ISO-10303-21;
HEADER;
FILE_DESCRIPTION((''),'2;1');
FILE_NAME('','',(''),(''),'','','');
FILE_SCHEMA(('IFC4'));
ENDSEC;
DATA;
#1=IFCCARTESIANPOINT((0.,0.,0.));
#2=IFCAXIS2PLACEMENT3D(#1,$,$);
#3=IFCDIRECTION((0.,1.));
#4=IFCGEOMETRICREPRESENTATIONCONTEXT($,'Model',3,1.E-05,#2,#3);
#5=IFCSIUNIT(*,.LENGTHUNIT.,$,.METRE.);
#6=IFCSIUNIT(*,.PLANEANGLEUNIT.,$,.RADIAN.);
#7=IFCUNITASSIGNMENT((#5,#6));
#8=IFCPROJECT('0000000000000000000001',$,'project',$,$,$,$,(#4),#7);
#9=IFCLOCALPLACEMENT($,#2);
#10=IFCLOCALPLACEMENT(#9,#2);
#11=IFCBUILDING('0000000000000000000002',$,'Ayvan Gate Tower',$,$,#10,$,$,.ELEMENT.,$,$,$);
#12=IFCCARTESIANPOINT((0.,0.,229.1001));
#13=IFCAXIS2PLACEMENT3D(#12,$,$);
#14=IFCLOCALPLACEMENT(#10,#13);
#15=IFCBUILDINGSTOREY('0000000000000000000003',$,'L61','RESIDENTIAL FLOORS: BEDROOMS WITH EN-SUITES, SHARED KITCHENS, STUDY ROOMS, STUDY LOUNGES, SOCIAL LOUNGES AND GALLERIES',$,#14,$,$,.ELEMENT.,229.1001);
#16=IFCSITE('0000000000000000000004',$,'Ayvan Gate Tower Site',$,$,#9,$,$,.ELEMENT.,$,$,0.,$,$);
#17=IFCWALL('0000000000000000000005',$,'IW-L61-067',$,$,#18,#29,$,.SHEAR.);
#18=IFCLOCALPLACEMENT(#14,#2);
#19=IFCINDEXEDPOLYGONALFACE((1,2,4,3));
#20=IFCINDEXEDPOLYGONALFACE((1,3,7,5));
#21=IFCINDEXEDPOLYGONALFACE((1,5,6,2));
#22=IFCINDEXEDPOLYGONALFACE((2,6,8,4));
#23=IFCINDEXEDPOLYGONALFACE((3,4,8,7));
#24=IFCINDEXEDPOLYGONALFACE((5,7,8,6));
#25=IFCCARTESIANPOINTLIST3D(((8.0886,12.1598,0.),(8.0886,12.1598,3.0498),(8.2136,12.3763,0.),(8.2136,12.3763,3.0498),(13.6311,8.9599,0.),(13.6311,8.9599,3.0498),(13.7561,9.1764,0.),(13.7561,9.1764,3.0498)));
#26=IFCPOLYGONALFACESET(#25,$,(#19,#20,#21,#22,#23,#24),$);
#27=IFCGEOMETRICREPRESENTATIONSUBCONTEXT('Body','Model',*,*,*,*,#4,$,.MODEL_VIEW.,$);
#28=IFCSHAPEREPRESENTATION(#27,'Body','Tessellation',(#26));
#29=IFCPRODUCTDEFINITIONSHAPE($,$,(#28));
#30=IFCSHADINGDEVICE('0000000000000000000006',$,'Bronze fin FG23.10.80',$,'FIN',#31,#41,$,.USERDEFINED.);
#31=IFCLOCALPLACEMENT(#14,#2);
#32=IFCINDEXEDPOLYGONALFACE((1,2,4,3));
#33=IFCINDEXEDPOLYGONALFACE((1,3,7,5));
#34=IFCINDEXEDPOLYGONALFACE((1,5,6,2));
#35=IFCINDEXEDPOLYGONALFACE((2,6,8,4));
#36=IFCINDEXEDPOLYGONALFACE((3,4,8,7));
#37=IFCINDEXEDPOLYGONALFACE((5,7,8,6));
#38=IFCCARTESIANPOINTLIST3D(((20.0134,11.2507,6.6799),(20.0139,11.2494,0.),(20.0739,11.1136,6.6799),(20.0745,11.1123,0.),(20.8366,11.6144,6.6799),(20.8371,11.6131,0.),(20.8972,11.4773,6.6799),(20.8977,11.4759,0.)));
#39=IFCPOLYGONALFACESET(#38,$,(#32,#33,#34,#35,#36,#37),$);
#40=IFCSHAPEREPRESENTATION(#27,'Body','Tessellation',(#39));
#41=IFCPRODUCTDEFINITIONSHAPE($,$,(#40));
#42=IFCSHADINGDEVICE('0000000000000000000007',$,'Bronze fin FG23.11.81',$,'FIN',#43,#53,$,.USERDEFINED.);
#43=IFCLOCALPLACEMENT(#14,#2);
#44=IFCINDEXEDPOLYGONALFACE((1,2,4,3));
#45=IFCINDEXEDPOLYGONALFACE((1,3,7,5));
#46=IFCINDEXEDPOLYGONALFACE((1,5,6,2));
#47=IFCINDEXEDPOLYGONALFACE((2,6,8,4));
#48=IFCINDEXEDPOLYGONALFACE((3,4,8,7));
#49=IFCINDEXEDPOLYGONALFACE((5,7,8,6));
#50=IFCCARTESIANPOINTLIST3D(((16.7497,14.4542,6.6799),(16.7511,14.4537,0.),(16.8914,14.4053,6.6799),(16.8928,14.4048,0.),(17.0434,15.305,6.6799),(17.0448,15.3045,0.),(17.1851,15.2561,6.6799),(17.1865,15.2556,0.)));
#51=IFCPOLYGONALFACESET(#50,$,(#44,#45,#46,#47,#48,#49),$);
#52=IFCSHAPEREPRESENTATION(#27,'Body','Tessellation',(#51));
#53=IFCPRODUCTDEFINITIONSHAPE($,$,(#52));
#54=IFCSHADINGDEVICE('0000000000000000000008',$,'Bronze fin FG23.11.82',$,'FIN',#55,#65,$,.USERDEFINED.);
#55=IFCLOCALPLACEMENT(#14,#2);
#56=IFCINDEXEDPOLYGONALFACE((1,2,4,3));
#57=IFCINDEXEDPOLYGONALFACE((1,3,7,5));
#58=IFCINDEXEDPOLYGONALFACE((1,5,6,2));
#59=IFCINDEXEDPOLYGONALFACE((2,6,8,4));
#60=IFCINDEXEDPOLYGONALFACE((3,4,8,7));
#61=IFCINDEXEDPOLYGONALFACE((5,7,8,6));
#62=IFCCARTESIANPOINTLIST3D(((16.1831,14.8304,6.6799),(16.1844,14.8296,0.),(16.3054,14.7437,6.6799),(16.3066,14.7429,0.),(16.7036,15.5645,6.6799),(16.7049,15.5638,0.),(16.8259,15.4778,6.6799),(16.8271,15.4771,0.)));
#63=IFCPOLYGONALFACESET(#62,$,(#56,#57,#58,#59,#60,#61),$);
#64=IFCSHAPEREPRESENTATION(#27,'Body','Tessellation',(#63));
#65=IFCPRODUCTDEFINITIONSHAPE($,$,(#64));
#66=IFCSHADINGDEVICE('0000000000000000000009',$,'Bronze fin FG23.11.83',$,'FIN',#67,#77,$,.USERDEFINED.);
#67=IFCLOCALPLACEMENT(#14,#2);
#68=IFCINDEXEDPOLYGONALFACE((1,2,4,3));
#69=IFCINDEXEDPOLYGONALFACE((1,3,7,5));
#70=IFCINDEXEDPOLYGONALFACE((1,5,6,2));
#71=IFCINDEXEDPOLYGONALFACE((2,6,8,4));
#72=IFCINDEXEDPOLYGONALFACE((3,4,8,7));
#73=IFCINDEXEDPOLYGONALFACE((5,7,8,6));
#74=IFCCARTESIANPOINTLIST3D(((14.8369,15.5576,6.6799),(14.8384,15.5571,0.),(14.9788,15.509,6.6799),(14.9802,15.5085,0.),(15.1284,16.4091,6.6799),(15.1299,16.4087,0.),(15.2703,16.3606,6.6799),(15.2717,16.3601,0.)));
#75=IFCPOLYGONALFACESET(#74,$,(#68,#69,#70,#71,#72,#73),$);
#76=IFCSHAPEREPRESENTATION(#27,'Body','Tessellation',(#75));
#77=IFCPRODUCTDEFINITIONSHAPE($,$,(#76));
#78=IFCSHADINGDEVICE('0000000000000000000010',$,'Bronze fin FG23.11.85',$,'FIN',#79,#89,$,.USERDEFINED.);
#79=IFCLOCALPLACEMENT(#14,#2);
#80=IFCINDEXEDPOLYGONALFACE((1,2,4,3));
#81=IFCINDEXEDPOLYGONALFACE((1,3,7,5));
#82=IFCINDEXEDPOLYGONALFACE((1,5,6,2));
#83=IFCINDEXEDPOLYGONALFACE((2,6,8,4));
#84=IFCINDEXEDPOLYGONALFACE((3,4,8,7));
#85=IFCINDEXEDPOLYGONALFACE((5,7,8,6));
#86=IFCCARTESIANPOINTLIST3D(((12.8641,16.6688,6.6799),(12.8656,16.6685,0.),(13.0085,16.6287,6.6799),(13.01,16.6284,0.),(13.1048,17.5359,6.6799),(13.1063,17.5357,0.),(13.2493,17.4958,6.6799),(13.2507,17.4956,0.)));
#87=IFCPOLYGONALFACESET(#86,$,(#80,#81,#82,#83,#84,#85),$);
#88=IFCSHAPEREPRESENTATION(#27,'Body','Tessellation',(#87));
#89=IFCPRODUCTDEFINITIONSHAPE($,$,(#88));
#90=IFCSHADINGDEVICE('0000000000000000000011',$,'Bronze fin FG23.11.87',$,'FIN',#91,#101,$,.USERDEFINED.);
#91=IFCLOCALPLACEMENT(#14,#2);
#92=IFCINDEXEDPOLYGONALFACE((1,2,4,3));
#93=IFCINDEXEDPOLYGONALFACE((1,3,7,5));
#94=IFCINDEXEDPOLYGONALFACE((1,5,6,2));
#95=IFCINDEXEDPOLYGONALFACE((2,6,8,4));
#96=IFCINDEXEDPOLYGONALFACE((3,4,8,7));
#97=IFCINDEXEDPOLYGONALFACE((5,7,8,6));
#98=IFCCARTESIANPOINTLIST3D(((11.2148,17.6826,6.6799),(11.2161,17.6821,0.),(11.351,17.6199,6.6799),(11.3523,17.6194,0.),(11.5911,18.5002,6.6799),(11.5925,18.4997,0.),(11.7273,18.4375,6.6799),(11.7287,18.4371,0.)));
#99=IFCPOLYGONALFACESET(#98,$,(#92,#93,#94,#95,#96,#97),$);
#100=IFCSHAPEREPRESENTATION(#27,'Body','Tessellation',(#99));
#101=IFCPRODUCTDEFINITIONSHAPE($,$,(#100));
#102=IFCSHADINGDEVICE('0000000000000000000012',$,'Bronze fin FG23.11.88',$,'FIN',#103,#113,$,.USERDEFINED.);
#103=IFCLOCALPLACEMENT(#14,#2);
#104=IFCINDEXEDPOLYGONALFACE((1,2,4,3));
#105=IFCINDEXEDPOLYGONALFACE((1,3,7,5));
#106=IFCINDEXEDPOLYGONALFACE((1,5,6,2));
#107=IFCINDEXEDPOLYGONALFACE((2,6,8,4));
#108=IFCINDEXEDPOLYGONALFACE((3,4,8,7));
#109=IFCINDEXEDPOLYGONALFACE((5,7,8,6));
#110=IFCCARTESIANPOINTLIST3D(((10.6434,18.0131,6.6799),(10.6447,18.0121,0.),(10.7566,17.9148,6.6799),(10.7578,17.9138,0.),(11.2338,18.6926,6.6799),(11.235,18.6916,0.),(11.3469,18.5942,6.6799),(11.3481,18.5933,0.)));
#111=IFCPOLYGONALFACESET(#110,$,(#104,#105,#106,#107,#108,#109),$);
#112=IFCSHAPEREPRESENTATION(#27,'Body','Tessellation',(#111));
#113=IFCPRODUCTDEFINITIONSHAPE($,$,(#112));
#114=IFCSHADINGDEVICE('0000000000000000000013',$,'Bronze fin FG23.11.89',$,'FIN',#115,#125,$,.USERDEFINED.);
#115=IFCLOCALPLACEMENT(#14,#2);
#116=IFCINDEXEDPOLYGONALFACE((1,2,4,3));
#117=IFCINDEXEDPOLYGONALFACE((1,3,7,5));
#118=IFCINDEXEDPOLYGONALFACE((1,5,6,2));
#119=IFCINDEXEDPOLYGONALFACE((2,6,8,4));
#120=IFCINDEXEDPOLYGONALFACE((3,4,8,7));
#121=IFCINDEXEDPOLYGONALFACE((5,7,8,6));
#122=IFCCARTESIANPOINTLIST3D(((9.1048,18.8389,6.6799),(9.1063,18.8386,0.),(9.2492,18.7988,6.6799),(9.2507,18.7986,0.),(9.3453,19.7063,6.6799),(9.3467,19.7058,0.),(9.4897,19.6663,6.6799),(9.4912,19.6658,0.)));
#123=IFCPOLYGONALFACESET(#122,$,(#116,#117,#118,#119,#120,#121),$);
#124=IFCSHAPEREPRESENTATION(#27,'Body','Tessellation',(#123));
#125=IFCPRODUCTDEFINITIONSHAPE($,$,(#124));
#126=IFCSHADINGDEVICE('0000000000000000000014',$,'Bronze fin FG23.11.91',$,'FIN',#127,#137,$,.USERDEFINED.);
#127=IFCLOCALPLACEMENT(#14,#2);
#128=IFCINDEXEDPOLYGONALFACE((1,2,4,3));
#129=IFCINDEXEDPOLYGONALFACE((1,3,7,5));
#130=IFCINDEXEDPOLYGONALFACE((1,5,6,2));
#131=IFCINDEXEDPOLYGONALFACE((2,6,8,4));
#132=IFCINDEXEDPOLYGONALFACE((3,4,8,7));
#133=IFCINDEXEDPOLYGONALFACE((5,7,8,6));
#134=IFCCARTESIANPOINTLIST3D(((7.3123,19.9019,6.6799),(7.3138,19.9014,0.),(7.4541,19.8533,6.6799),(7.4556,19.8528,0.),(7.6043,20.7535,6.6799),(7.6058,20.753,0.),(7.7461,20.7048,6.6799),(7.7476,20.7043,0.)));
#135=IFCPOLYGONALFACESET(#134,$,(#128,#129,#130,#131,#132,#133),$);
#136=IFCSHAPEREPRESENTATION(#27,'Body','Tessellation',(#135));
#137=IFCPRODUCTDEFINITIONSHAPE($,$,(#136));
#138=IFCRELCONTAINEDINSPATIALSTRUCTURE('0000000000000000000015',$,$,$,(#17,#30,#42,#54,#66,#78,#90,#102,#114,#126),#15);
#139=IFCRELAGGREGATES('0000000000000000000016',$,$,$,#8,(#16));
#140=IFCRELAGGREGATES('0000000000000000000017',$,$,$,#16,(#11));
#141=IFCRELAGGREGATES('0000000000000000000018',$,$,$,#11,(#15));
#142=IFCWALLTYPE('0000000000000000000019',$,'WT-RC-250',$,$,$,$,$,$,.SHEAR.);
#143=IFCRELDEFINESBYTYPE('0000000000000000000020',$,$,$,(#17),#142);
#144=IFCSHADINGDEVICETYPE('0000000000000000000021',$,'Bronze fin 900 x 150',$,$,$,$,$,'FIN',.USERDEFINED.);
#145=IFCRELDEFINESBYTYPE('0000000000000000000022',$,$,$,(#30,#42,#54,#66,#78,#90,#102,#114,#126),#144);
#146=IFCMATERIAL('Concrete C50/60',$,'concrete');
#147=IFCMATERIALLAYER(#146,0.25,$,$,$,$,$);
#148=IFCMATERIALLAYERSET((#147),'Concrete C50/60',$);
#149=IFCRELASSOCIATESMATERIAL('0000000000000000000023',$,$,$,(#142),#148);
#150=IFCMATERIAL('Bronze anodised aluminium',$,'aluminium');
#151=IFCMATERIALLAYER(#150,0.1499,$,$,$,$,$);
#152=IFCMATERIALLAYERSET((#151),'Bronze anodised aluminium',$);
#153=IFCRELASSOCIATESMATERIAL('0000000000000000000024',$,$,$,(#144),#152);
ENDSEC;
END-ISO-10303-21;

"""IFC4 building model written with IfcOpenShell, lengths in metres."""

from ifc_helpers import new_model, si_unit, direction, frame, frame_2d, origin, place, context, subcontext, project, spatial, polyline, rectangle, outline, extrude, material, layer, layer_set, type_object, element, save


model = new_model("IFC4")

# Units and contexts
model_context = context("Model", 3, precision=1e-05, world=origin(), true_north=direction((0.0, 1.0)))
body_context = subcontext(model_context, "Body", "Model", "MODEL_VIEW")
ifc_project = project(units=[si_unit("LENGTHUNIT", "METRE"), si_unit("PLANEANGLEUNIT", "RADIAN")], contexts=[model_context])

# Site, building, storey
site_placement = place(None, origin())
site = spatial("IfcSite", under=ifc_project, at=site_placement, Name="Ayvan Gate Tower Site", CompositionType="ELEMENT", RefElevation=0.0)
building_placement = place(site_placement, origin())
building = spatial("IfcBuilding", under=site, at=building_placement, Name="Ayvan Gate Tower", CompositionType="ELEMENT")
storey_placement = place(building_placement, frame((0.0, 0.0, 229.1001)))
storey = spatial("IfcBuildingStorey", under=building, at=storey_placement, Name="L61", Description="RESIDENTIAL FLOORS: BEDROOMS WITH EN-SUITES, SHARED KITCHENS, STUDY ROOMS, STUDY LOUNGES, SOCIAL LOUNGES AND GALLERIES", CompositionType="ELEMENT", Elevation=229.1001)

# Shared definitions
ifc_material_1 = material(Name="Concrete C50/60", Category="concrete")

# Shared definitions
ifc_material_2 = material(Name="Bronze anodised aluminium", Category="aluminium")

# Wall
ifc_layer_1 = layer(ifc_material_1, 0.25)
ifc_layer_set_1 = layer_set([ifc_layer_1], Name="Concrete C50/60")
wall_type_1 = type_object("IfcWallType", Name="WT-RC-250", PredefinedType="SHEAR", material=ifc_layer_set_1)
wall_1_placement = place(storey_placement, frame((8.1511, 12.2681, 0.0), z_axis=(0.0, 0.0, 1.0), x_axis=(0.866025, -0.5, 0.0)))
element("IfcWall", 1, at=wall_1_placement, inside=storey, type_object=wall_type_1, Name="IW-L61-067", PredefinedType="SHEAR", context=body_context, shape_type="SweptSolid", body=[
    extrude(rectangle(XDim=6.3999, YDim=0.25, at=frame_2d((3.2, 0.0))), origin(), (0.0, 0.0, 1.0), 3.0498),
])

# Shading devices
ifc_layer_2 = layer(ifc_material_2, 0.1499)
ifc_layer_set_2 = layer_set([ifc_layer_2], Name="Bronze anodised aluminium")
shading_device_type = type_object("IfcShadingDeviceType", Name="Bronze fin 900 x 150", ElementType="FIN", PredefinedType="USERDEFINED", material=ifc_layer_set_2)
shading_device_1_placement = place(storey_placement, frame((20.0745, 11.1123, 0.0), z_axis=(0.404061, -0.914732, 0.000213), x_axis=(0.914732, 0.404061, 0.0)))
element("IfcShadingDevice", 2, at=shading_device_1_placement, inside=storey, type_object=shading_device_type, Name="Bronze fin FG23.10.80", ObjectType="FIN", PredefinedType="USERDEFINED", context=body_context, shape_type="SweptSolid", body=[
    extrude(outline(polyline([(0.0, 0.0), (0.8999, 0.0), (0.9001, 6.6799), (0.0, 6.6799), (0.0, 0.0)])), origin(), (0.0, 0.0, -1.0), 0.1499),
])
shading_device_2_placement = place(storey_placement, frame((16.8928, 14.4048, 0.0), z_axis=(0.945266, -0.3263, 0.000231), x_axis=(0.3263, 0.945266, 0.0)))
element("IfcShadingDevice", 3, at=shading_device_2_placement, inside=storey, type_object=shading_device_type, Name="Bronze fin FG23.11.81", ObjectType="FIN", PredefinedType="USERDEFINED", context=body_context, shape_type="SweptSolid", body=[
    extrude(outline(polyline([(0.0, 0.0), (0.9001, 0.0), (0.9001, 6.6799), (0.0, 6.6799), (0.0, 0.0)])), origin(), (0.0, 0.0, -1.0), 0.1499),
])
shading_device_3_placement = place(storey_placement, frame((16.3066, 14.7429, 0.0), z_axis=(0.815763, -0.578386, 0.000212), x_axis=(0.578386, 0.815763, 0.0)))
element("IfcShadingDevice", 4, at=shading_device_3_placement, inside=storey, type_object=shading_device_type, Name="Bronze fin FG23.11.82", ObjectType="FIN", PredefinedType="USERDEFINED", context=body_context, shape_type="SweptSolid", body=[
    extrude(outline(polyline([(0.0, 0.0), (0.8999, 0.0), (0.8998, 6.6799), (-0.0001, 6.6799), (0.0, 0.0)])), origin(), (0.0, 0.0, -1.0), 0.1499),
])
shading_device_4_placement = place(storey_placement, frame((14.9802, 15.5085, 0.0), z_axis=(0.946103, -0.323867, 0.000231), x_axis=(0.323867, 0.946103, 0.0)))
element("IfcShadingDevice", 5, at=shading_device_4_placement, inside=storey, type_object=shading_device_type, Name="Bronze fin FG23.11.83", ObjectType="FIN", PredefinedType="USERDEFINED", context=body_context, shape_type="SweptSolid", body=[
    extrude(outline(polyline([(0.0, 0.0), (0.9001, 0.0), (0.9001, 6.6799), (0.0, 6.6799), (0.0, 0.0)])), origin(), (0.0, 0.0, -1.0), 0.1499),
])
shading_device_5_placement = place(storey_placement, frame((13.01, 16.6284, 0.0), z_axis=(0.963565, -0.267476, 0.000221), x_axis=(0.267476, 0.963565, 0.0)))
element("IfcShadingDevice", 6, at=shading_device_5_placement, inside=storey, type_object=shading_device_type, Name="Bronze fin FG23.11.85", ObjectType="FIN", PredefinedType="USERDEFINED", context=body_context, shape_type="SweptSolid", body=[
    extrude(outline(polyline([(0.0, 0.0), (0.9, 0.0), (0.8998, 6.6799), (-0.0002, 6.6799), (0.0, 0.0)])), origin(), (0.0, 0.0, -1.0), 0.1499),
])
shading_device_6_placement = place(storey_placement, frame((11.3523, 17.6194, 0.0), z_axis=(0.908392, -0.418121, 0.000213), x_axis=(0.418121, 0.908392, 0.0)))
element("IfcShadingDevice", 7, at=shading_device_6_placement, inside=storey, type_object=shading_device_type, Name="Bronze fin FG23.11.87", ObjectType="FIN", PredefinedType="USERDEFINED", context=body_context, shape_type="SweptSolid", body=[
    extrude(outline(polyline([(0.0, 0.0), (0.9001, 0.0), (0.9, 6.6799), (-0.0001, 6.6799), (0.0, 0.0)])), origin(), (0.0, 0.0, -1.0), 0.1499),
])
shading_device_7_placement = place(storey_placement, frame((10.7578, 17.9138, 0.0), z_axis=(0.754874, -0.65587, 0.000234), x_axis=(0.65587, 0.754874, 0.0)))
element("IfcShadingDevice", 8, at=shading_device_7_placement, inside=storey, type_object=shading_device_type, Name="Bronze fin FG23.11.88", ObjectType="FIN", PredefinedType="USERDEFINED", context=body_context, shape_type="SweptSolid", body=[
    extrude(outline(polyline([(0.0, 0.0), (0.9001, 0.0), (0.9, 6.6799), (-0.0001, 6.6799), (0.0, 0.0)])), origin(), (0.0, 0.0, -1.0), 0.1499),
])
shading_device_8_placement = place(storey_placement, frame((9.2507, 18.7986, 0.0), z_axis=(0.963644, -0.267189, 0.000226), x_axis=(0.267189, 0.963644, 0.0)))
element("IfcShadingDevice", 9, at=shading_device_8_placement, inside=storey, type_object=shading_device_type, Name="Bronze fin FG23.11.89", ObjectType="FIN", PredefinedType="USERDEFINED", context=body_context, shape_type="SweptSolid", body=[
    extrude(outline(polyline([(0.0, 0.0), (0.8999, 0.0), (0.9, 6.6799), (-0.0002, 6.6799), (0.0, 0.0)])), origin(), (0.0, 0.0, -1.0), 0.1499),
])
shading_device_9_placement = place(storey_placement, frame((7.4556, 19.8528, 0.0), z_axis=(0.945936, -0.324352, 0.000231), x_axis=(0.324352, 0.945936, 0.0)))
element("IfcShadingDevice", 10, at=shading_device_9_placement, inside=storey, type_object=shading_device_type, Name="Bronze fin FG23.11.91", ObjectType="FIN", PredefinedType="USERDEFINED", context=body_context, shape_type="SweptSolid", body=[
    extrude(outline(polyline([(0.0, 0.0), (0.9002, 0.0), (0.9002, 6.6799), (0.0, 6.6799), (0.0, 0.0)])), origin(), (0.0, 0.0, -1.0), 0.1499),
])

save(model, "model.ifc")
